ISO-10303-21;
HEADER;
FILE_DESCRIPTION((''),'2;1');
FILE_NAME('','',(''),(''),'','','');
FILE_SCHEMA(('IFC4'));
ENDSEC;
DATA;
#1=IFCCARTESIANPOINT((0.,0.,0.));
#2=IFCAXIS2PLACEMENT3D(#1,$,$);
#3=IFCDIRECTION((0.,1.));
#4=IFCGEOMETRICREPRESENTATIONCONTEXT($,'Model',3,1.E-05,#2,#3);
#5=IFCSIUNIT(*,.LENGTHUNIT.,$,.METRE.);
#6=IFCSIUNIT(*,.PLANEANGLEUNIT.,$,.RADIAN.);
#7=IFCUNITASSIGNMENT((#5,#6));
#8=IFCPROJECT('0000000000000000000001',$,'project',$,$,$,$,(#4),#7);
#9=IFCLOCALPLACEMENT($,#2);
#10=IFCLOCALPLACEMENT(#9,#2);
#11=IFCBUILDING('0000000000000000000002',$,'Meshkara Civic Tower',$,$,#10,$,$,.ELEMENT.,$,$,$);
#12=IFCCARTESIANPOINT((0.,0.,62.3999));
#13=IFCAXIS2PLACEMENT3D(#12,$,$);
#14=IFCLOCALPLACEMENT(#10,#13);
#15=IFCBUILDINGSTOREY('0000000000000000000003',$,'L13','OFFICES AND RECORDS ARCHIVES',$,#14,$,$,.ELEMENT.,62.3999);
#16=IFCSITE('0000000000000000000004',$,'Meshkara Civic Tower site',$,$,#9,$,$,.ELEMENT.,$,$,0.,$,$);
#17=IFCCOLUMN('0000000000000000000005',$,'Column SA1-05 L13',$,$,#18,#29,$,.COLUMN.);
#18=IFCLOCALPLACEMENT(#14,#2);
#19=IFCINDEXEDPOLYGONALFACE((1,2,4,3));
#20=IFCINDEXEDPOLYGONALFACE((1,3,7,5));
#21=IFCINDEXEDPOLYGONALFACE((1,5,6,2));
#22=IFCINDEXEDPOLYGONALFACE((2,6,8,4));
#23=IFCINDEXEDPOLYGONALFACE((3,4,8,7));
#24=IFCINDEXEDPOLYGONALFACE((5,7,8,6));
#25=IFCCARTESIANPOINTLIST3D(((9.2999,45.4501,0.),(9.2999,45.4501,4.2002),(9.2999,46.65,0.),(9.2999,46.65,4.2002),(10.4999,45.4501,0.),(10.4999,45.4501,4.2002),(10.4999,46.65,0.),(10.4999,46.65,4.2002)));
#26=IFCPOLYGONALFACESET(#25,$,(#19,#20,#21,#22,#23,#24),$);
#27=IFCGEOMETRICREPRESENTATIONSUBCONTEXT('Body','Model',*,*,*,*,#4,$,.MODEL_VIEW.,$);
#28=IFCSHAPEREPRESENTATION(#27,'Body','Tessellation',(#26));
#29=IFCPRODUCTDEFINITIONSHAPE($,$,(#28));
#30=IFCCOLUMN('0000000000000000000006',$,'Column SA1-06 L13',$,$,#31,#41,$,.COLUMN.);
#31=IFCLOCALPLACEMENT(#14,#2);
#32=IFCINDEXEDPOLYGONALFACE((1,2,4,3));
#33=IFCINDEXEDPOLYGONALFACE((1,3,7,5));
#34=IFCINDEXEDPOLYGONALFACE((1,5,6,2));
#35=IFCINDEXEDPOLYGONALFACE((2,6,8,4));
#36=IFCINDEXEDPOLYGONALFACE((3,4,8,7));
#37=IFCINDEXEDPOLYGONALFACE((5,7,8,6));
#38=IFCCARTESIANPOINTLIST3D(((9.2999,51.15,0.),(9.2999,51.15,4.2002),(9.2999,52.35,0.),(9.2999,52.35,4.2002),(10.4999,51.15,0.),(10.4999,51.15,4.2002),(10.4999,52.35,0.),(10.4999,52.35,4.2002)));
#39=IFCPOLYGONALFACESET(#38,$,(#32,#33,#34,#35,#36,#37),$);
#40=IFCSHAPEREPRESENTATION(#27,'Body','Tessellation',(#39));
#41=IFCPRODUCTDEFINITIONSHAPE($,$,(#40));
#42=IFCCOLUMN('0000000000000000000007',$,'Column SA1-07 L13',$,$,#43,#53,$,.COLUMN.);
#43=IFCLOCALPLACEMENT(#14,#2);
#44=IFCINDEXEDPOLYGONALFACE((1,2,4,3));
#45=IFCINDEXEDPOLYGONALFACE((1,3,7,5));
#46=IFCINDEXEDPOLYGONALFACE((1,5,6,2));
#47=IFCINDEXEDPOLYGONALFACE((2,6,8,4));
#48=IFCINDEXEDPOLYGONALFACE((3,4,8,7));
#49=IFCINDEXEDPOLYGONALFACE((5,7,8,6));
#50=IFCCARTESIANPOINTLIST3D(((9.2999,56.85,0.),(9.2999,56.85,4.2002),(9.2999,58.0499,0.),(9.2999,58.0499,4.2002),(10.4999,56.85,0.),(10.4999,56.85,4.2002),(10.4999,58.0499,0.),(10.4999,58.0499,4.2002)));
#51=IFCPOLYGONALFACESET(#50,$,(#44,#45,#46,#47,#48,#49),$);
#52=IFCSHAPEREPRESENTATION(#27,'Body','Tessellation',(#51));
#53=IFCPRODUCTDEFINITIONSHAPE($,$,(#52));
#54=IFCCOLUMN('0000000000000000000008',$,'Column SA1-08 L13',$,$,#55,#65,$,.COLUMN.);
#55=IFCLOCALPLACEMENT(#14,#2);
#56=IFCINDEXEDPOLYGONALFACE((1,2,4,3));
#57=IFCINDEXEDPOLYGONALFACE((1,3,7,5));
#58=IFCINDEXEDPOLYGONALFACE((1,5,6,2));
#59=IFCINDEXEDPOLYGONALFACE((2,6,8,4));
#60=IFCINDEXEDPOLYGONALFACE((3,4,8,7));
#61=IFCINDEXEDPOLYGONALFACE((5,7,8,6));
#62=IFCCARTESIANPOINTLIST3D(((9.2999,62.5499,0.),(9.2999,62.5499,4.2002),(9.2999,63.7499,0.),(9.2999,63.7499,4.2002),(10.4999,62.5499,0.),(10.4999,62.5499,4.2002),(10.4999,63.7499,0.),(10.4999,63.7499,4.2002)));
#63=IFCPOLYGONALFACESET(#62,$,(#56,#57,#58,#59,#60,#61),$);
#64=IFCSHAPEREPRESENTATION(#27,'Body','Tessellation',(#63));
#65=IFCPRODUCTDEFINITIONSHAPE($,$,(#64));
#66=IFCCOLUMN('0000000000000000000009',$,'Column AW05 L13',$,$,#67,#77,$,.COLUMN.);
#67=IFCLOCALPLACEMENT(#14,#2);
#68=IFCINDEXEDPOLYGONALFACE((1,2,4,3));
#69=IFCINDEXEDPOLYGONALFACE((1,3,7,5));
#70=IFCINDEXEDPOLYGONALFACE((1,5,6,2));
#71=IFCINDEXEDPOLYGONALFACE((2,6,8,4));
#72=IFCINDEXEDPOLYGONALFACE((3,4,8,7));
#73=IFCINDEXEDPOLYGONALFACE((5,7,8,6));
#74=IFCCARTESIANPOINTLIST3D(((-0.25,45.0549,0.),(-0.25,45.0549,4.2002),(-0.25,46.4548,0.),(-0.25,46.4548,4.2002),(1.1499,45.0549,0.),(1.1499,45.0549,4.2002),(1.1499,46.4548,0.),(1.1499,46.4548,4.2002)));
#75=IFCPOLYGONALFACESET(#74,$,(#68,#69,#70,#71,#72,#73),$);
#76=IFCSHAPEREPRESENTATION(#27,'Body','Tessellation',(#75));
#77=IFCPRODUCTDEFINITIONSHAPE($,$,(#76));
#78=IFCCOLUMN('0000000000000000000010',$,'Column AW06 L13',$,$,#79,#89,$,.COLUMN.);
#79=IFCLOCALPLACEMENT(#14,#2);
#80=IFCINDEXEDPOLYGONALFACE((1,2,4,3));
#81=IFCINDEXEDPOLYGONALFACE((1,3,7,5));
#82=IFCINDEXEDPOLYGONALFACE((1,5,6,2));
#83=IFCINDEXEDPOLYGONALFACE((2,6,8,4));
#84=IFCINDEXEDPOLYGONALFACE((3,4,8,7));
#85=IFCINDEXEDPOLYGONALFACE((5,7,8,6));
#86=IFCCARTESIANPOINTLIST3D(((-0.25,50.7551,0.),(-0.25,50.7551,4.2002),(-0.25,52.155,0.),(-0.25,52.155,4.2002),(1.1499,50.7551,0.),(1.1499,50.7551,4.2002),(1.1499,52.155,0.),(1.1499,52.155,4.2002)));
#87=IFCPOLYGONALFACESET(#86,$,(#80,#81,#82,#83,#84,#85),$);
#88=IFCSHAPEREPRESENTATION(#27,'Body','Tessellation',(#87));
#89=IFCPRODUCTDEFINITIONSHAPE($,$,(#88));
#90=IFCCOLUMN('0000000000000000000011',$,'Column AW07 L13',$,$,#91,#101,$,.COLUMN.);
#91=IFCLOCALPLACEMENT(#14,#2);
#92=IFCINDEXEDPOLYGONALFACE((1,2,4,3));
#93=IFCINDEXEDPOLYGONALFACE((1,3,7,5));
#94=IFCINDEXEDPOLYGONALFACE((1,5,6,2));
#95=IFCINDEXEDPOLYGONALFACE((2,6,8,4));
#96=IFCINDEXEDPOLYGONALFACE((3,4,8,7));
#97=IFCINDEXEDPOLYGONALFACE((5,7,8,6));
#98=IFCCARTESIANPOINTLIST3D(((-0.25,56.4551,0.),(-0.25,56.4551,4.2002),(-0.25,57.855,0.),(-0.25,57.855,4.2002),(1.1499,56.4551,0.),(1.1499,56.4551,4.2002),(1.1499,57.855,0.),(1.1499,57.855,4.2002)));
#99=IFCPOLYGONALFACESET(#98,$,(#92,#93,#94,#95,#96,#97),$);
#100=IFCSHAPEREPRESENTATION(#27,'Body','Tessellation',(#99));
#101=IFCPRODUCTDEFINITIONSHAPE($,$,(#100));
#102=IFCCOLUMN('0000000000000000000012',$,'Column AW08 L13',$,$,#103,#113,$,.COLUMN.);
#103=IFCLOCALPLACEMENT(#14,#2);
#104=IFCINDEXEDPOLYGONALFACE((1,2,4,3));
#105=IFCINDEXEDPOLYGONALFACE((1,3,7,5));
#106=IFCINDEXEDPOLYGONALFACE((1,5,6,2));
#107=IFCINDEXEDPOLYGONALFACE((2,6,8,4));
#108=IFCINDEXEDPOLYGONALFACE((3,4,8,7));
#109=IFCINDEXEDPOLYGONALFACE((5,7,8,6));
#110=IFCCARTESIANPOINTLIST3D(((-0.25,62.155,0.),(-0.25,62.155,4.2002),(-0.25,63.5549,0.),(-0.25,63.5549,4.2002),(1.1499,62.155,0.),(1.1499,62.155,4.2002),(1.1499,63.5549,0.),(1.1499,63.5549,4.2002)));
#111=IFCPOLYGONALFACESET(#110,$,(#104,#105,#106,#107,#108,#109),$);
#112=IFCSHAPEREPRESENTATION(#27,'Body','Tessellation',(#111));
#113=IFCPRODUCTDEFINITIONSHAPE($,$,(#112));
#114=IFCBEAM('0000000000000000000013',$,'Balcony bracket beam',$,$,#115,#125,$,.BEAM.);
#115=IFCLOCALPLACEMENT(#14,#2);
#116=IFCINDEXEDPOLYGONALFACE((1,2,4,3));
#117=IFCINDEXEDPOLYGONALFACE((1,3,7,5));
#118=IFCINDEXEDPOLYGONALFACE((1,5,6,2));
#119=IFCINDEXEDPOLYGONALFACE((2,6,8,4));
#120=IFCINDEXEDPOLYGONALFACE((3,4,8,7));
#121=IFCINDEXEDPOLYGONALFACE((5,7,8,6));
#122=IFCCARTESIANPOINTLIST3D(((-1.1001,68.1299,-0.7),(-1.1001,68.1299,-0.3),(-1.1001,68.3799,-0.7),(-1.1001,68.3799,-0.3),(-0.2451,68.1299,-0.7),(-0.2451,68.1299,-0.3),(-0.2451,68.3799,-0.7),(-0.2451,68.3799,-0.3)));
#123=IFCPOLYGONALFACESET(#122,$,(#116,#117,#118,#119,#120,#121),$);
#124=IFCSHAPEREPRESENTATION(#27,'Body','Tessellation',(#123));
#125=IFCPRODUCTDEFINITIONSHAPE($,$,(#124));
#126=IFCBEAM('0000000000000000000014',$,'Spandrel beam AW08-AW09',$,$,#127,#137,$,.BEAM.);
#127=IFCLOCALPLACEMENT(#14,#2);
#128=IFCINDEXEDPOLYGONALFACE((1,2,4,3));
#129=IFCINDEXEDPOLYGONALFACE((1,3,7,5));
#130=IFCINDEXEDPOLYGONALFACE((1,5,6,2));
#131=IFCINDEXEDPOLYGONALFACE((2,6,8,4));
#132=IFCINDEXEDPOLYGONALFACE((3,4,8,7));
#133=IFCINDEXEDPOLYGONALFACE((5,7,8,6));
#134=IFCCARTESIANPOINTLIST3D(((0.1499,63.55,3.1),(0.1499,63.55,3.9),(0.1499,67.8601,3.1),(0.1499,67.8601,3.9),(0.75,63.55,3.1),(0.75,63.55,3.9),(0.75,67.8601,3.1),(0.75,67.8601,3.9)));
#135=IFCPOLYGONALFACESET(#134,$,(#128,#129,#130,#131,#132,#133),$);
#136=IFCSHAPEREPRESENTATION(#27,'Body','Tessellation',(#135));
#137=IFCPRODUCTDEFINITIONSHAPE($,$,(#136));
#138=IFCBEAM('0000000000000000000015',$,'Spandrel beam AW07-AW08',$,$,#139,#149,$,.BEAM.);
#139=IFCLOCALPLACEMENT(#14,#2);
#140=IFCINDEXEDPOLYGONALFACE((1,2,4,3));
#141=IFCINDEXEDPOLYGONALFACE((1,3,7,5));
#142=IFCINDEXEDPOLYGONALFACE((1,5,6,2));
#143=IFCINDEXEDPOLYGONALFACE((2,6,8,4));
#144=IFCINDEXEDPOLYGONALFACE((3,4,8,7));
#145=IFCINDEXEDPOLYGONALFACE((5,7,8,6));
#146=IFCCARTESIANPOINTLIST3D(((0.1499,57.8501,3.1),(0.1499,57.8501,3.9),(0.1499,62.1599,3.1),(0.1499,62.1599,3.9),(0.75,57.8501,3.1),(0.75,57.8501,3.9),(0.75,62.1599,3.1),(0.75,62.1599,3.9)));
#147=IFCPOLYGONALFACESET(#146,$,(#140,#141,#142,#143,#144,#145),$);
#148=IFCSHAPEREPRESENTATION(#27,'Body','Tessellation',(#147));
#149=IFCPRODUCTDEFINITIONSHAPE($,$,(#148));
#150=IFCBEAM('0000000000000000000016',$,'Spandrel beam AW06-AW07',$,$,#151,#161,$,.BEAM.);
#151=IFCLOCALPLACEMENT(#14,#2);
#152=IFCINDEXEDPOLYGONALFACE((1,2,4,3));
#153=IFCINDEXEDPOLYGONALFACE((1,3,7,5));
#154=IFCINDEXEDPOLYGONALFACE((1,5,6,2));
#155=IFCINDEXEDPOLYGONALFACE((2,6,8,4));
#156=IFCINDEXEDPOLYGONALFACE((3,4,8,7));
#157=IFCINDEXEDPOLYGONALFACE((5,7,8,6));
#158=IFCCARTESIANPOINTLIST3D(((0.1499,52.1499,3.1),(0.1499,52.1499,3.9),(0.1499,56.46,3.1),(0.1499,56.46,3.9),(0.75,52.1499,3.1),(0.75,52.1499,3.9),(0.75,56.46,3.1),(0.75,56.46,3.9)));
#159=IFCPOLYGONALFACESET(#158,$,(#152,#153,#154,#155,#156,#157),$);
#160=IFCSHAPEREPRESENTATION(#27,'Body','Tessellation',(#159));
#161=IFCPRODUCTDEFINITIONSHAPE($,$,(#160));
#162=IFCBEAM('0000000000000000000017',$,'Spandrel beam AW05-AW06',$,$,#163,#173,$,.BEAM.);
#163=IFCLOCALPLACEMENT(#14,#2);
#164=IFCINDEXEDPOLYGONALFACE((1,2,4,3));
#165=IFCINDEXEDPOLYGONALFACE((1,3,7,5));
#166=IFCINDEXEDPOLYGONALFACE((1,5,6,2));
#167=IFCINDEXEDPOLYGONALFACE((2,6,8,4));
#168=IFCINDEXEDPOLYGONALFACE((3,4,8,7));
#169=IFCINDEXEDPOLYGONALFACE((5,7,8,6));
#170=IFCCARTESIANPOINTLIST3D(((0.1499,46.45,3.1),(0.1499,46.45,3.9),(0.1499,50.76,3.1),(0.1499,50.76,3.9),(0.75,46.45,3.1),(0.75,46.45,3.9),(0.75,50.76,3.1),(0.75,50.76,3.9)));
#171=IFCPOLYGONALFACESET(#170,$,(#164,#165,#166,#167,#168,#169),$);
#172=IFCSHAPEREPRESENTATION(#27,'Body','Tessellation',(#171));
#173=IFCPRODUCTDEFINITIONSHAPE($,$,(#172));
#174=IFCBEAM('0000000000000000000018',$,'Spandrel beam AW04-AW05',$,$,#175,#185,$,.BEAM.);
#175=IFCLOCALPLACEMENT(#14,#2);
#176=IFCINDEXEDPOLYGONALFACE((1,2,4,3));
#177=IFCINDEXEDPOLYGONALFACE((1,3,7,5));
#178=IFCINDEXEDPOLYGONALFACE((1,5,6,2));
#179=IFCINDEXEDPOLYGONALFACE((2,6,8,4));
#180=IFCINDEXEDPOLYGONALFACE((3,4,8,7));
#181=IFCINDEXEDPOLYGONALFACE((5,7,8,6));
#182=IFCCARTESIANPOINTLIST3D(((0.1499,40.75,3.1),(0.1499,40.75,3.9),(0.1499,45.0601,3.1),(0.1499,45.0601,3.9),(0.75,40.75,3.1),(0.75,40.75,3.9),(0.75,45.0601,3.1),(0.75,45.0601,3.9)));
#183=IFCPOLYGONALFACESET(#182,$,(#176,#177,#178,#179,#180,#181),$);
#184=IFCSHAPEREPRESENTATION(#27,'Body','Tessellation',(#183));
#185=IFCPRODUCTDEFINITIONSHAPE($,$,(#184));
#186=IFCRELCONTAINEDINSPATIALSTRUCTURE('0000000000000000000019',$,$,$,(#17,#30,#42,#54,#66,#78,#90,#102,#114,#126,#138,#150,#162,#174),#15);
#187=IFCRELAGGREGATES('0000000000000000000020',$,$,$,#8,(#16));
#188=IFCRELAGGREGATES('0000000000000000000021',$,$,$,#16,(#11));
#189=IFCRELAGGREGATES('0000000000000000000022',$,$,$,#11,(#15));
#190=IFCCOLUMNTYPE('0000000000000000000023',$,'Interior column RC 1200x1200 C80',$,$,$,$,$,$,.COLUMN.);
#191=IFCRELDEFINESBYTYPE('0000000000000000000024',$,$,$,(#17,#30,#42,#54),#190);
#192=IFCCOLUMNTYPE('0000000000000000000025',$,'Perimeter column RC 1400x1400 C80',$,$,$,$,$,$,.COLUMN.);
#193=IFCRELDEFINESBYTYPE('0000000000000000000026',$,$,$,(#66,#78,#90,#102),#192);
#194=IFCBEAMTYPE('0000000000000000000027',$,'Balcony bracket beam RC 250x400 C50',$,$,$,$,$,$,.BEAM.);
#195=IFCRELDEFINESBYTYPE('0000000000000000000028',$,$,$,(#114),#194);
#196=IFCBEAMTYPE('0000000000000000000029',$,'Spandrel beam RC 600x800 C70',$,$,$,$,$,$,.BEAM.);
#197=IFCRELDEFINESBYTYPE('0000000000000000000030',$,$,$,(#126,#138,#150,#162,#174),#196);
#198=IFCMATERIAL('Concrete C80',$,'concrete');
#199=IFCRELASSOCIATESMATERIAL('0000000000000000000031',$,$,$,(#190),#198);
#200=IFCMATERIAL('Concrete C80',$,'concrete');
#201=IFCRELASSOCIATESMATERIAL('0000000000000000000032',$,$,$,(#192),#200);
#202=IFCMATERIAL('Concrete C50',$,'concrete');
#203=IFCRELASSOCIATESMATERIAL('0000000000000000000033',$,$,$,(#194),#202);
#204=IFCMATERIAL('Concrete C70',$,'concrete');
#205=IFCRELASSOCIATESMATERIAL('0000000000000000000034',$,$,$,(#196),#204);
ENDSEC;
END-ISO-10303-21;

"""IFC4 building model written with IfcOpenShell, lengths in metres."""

from ifc_helpers import new_model, si_unit, direction, frame, origin, origin_2d, place, context, subcontext, project, spatial, rectangle, extrude, material, material_profile, profile_set, type_object, element, save


model = new_model("IFC4")

# Units and contexts
model_context = context("Model", 3, precision=1e-05, world=origin(), true_north=direction((0.0, 1.0)))
body_context = subcontext(model_context, "Body", "Model", "MODEL_VIEW")
ifc_project = project(units=[si_unit("LENGTHUNIT", "METRE"), si_unit("PLANEANGLEUNIT", "RADIAN")], contexts=[model_context])

# Site, building, storey
site_placement = place(None, origin())
site = spatial("IfcSite", under=ifc_project, at=site_placement, Name="Meshkara Civic Tower site", CompositionType="ELEMENT", RefElevation=0.0)
building_placement = place(site_placement, origin())
building = spatial("IfcBuilding", under=site, at=building_placement, Name="Meshkara Civic Tower", CompositionType="ELEMENT")
storey_placement = place(building_placement, frame((0.0, 0.0, 62.3999)))
storey = spatial("IfcBuildingStorey", under=building, at=storey_placement, Name="L13", Description="OFFICES AND RECORDS ARCHIVES", CompositionType="ELEMENT", Elevation=62.3999)

# Columns
ifc_material_1 = material(Name="Concrete C80", Category="concrete")
ifc_material_profile_1 = material_profile(ifc_material_1, rectangle(XDim=1.2, YDim=1.2, at=origin_2d()))
ifc_profile_set_1 = profile_set([ifc_material_profile_1], Name="Concrete C80")
column_type_1 = type_object("IfcColumnType", Name="Interior column RC 1200x1200 C80", PredefinedType="COLUMN", material=ifc_profile_set_1)
for number, where, z_axis, x_axis, name in (
    (1, (9.8999, 46.05, 0.0), (0.0, 0.0, 1.0), (1.0, 0.0, 0.0), "Column SA1-05 L13"),
    (2, (9.8999, 51.75, 0.0), (0.0, 0.0, 1.0), (1.0, 0.0, 0.0), "Column SA1-06 L13"),
    (3, (9.8999, 57.45, 0.0), (0.0, 0.0, 1.0), (1.0, 0.0, 0.0), "Column SA1-07 L13"),
    (4, (9.8999, 63.1499, 0.0), (0.0, 0.0, 1.0), (1.0, 0.0, 0.0), "Column SA1-08 L13"),
):
    element("IfcColumn", number, at=place(storey_placement, frame(where, z_axis=z_axis, x_axis=x_axis)), inside=storey, type_object=column_type_1, Name=name, PredefinedType="COLUMN", context=body_context, shape_type="SweptSolid", body=[
        extrude(rectangle(XDim=1.2, YDim=1.2, at=origin_2d()), origin(), (0.0, 0.0, 1.0), 4.2002),
    ])
ifc_material_2 = material(Name="Concrete C80", Category="concrete")
ifc_material_profile_2 = material_profile(ifc_material_2, rectangle(XDim=1.3999, YDim=1.3999, at=origin_2d()))
ifc_profile_set_2 = profile_set([ifc_material_profile_2], Name="Concrete C80")
column_type_2 = type_object("IfcColumnType", Name="Perimeter column RC 1400x1400 C80", PredefinedType="COLUMN", material=ifc_profile_set_2)
for number, where, z_axis, x_axis, name in (
    (5, (0.45, 45.7549, 0.0), (0.0, 0.0, 1.0), (1.0, 0.0, 0.0), "Column AW05 L13"),
    (6, (0.45, 51.4551, 0.0), (0.0, 0.0, 1.0), (1.0, 0.0, 0.0), "Column AW06 L13"),
    (7, (0.45, 57.155, 0.0), (0.0, 0.0, 1.0), (1.0, 0.0, 0.0), "Column AW07 L13"),
    (8, (0.45, 62.855, 0.0), (0.0, 0.0, 1.0), (1.0, 0.0, 0.0), "Column AW08 L13"),
):
    element("IfcColumn", number, at=place(storey_placement, frame(where, z_axis=z_axis, x_axis=x_axis)), inside=storey, type_object=column_type_2, Name=name, PredefinedType="COLUMN", context=body_context, shape_type="SweptSolid", body=[
        extrude(rectangle(XDim=1.3999, YDim=1.3999, at=origin_2d()), origin(), (0.0, 0.0, 1.0), 4.2002),
    ])

# Beams
ifc_material_3 = material(Name="Concrete C50", Category="concrete")
ifc_material_profile_3 = material_profile(ifc_material_3, rectangle(XDim=0.25, YDim=0.3999, at=origin_2d()))
ifc_profile_set_3 = profile_set([ifc_material_profile_3], Name="Concrete C50")
beam_type_1 = type_object("IfcBeamType", Name="Balcony bracket beam RC 250x400 C50", PredefinedType="BEAM", material=ifc_profile_set_3)
beam_1_placement = place(storey_placement, frame((-0.2451, 68.2549, -0.5), z_axis=(-1.0, 0.0, 0.0), x_axis=(0.0, -1.0, 0.0)))
element("IfcBeam", 9, at=beam_1_placement, inside=storey, type_object=beam_type_1, Name="Balcony bracket beam", PredefinedType="BEAM", context=body_context, shape_type="SweptSolid", body=[
    extrude(rectangle(XDim=0.25, YDim=0.3999, at=origin_2d()), origin(), (0.0, 0.0, 1.0), 0.855),
])
ifc_material_4 = material(Name="Concrete C70", Category="concrete")
ifc_material_profile_4 = material_profile(ifc_material_4, rectangle(XDim=0.6001, YDim=0.8, at=origin_2d()))
ifc_profile_set_4 = profile_set([ifc_material_profile_4], Name="Concrete C70")
beam_type_2 = type_object("IfcBeamType", Name="Spandrel beam RC 600x800 C70", PredefinedType="BEAM", material=ifc_profile_set_4)
beam_2_placement = place(storey_placement, frame((0.45, 67.8601, 3.5), z_axis=(0.0, -1.0, 0.0), x_axis=(1.0, 0.0, 0.0)))
element("IfcBeam", 10, at=beam_2_placement, inside=storey, type_object=beam_type_2, Name="Spandrel beam AW08-AW09", PredefinedType="BEAM", context=body_context, shape_type="SweptSolid", body=[
    extrude(rectangle(XDim=0.6001, YDim=0.8, at=origin_2d()), origin(), (0.0, 0.0, 1.0), 4.3101),
])
beam_3_placement = place(storey_placement, frame((0.45, 62.1599, 3.5), z_axis=(0.0, -1.0, 0.0), x_axis=(1.0, 0.0, 0.0)))
element("IfcBeam", 11, at=beam_3_placement, inside=storey, type_object=beam_type_2, Name="Spandrel beam AW07-AW08", PredefinedType="BEAM", context=body_context, shape_type="SweptSolid", body=[
    extrude(rectangle(XDim=0.6001, YDim=0.8, at=origin_2d()), origin(), (0.0, 0.0, 1.0), 4.3098),
])
for number, where, z_axis, x_axis, name in (
    (12, (0.45, 56.46, 3.5), (0.0, -1.0, 0.0), (1.0, 0.0, 0.0), "Spandrel beam AW06-AW07"),
    (13, (0.45, 50.76, 3.5), (0.0, -1.0, 0.0), (1.0, 0.0, 0.0), "Spandrel beam AW05-AW06"),
    (14, (0.45, 45.0601, 3.5), (0.0, -1.0, 0.0), (1.0, 0.0, 0.0), "Spandrel beam AW04-AW05"),
):
    element("IfcBeam", number, at=place(storey_placement, frame(where, z_axis=z_axis, x_axis=x_axis)), inside=storey, type_object=beam_type_2, Name=name, PredefinedType="BEAM", context=body_context, shape_type="SweptSolid", body=[
        extrude(rectangle(XDim=0.6001, YDim=0.8, at=origin_2d()), origin(), (0.0, 0.0, 1.0), 4.3101),
    ])

save(model, "model.ifc")
